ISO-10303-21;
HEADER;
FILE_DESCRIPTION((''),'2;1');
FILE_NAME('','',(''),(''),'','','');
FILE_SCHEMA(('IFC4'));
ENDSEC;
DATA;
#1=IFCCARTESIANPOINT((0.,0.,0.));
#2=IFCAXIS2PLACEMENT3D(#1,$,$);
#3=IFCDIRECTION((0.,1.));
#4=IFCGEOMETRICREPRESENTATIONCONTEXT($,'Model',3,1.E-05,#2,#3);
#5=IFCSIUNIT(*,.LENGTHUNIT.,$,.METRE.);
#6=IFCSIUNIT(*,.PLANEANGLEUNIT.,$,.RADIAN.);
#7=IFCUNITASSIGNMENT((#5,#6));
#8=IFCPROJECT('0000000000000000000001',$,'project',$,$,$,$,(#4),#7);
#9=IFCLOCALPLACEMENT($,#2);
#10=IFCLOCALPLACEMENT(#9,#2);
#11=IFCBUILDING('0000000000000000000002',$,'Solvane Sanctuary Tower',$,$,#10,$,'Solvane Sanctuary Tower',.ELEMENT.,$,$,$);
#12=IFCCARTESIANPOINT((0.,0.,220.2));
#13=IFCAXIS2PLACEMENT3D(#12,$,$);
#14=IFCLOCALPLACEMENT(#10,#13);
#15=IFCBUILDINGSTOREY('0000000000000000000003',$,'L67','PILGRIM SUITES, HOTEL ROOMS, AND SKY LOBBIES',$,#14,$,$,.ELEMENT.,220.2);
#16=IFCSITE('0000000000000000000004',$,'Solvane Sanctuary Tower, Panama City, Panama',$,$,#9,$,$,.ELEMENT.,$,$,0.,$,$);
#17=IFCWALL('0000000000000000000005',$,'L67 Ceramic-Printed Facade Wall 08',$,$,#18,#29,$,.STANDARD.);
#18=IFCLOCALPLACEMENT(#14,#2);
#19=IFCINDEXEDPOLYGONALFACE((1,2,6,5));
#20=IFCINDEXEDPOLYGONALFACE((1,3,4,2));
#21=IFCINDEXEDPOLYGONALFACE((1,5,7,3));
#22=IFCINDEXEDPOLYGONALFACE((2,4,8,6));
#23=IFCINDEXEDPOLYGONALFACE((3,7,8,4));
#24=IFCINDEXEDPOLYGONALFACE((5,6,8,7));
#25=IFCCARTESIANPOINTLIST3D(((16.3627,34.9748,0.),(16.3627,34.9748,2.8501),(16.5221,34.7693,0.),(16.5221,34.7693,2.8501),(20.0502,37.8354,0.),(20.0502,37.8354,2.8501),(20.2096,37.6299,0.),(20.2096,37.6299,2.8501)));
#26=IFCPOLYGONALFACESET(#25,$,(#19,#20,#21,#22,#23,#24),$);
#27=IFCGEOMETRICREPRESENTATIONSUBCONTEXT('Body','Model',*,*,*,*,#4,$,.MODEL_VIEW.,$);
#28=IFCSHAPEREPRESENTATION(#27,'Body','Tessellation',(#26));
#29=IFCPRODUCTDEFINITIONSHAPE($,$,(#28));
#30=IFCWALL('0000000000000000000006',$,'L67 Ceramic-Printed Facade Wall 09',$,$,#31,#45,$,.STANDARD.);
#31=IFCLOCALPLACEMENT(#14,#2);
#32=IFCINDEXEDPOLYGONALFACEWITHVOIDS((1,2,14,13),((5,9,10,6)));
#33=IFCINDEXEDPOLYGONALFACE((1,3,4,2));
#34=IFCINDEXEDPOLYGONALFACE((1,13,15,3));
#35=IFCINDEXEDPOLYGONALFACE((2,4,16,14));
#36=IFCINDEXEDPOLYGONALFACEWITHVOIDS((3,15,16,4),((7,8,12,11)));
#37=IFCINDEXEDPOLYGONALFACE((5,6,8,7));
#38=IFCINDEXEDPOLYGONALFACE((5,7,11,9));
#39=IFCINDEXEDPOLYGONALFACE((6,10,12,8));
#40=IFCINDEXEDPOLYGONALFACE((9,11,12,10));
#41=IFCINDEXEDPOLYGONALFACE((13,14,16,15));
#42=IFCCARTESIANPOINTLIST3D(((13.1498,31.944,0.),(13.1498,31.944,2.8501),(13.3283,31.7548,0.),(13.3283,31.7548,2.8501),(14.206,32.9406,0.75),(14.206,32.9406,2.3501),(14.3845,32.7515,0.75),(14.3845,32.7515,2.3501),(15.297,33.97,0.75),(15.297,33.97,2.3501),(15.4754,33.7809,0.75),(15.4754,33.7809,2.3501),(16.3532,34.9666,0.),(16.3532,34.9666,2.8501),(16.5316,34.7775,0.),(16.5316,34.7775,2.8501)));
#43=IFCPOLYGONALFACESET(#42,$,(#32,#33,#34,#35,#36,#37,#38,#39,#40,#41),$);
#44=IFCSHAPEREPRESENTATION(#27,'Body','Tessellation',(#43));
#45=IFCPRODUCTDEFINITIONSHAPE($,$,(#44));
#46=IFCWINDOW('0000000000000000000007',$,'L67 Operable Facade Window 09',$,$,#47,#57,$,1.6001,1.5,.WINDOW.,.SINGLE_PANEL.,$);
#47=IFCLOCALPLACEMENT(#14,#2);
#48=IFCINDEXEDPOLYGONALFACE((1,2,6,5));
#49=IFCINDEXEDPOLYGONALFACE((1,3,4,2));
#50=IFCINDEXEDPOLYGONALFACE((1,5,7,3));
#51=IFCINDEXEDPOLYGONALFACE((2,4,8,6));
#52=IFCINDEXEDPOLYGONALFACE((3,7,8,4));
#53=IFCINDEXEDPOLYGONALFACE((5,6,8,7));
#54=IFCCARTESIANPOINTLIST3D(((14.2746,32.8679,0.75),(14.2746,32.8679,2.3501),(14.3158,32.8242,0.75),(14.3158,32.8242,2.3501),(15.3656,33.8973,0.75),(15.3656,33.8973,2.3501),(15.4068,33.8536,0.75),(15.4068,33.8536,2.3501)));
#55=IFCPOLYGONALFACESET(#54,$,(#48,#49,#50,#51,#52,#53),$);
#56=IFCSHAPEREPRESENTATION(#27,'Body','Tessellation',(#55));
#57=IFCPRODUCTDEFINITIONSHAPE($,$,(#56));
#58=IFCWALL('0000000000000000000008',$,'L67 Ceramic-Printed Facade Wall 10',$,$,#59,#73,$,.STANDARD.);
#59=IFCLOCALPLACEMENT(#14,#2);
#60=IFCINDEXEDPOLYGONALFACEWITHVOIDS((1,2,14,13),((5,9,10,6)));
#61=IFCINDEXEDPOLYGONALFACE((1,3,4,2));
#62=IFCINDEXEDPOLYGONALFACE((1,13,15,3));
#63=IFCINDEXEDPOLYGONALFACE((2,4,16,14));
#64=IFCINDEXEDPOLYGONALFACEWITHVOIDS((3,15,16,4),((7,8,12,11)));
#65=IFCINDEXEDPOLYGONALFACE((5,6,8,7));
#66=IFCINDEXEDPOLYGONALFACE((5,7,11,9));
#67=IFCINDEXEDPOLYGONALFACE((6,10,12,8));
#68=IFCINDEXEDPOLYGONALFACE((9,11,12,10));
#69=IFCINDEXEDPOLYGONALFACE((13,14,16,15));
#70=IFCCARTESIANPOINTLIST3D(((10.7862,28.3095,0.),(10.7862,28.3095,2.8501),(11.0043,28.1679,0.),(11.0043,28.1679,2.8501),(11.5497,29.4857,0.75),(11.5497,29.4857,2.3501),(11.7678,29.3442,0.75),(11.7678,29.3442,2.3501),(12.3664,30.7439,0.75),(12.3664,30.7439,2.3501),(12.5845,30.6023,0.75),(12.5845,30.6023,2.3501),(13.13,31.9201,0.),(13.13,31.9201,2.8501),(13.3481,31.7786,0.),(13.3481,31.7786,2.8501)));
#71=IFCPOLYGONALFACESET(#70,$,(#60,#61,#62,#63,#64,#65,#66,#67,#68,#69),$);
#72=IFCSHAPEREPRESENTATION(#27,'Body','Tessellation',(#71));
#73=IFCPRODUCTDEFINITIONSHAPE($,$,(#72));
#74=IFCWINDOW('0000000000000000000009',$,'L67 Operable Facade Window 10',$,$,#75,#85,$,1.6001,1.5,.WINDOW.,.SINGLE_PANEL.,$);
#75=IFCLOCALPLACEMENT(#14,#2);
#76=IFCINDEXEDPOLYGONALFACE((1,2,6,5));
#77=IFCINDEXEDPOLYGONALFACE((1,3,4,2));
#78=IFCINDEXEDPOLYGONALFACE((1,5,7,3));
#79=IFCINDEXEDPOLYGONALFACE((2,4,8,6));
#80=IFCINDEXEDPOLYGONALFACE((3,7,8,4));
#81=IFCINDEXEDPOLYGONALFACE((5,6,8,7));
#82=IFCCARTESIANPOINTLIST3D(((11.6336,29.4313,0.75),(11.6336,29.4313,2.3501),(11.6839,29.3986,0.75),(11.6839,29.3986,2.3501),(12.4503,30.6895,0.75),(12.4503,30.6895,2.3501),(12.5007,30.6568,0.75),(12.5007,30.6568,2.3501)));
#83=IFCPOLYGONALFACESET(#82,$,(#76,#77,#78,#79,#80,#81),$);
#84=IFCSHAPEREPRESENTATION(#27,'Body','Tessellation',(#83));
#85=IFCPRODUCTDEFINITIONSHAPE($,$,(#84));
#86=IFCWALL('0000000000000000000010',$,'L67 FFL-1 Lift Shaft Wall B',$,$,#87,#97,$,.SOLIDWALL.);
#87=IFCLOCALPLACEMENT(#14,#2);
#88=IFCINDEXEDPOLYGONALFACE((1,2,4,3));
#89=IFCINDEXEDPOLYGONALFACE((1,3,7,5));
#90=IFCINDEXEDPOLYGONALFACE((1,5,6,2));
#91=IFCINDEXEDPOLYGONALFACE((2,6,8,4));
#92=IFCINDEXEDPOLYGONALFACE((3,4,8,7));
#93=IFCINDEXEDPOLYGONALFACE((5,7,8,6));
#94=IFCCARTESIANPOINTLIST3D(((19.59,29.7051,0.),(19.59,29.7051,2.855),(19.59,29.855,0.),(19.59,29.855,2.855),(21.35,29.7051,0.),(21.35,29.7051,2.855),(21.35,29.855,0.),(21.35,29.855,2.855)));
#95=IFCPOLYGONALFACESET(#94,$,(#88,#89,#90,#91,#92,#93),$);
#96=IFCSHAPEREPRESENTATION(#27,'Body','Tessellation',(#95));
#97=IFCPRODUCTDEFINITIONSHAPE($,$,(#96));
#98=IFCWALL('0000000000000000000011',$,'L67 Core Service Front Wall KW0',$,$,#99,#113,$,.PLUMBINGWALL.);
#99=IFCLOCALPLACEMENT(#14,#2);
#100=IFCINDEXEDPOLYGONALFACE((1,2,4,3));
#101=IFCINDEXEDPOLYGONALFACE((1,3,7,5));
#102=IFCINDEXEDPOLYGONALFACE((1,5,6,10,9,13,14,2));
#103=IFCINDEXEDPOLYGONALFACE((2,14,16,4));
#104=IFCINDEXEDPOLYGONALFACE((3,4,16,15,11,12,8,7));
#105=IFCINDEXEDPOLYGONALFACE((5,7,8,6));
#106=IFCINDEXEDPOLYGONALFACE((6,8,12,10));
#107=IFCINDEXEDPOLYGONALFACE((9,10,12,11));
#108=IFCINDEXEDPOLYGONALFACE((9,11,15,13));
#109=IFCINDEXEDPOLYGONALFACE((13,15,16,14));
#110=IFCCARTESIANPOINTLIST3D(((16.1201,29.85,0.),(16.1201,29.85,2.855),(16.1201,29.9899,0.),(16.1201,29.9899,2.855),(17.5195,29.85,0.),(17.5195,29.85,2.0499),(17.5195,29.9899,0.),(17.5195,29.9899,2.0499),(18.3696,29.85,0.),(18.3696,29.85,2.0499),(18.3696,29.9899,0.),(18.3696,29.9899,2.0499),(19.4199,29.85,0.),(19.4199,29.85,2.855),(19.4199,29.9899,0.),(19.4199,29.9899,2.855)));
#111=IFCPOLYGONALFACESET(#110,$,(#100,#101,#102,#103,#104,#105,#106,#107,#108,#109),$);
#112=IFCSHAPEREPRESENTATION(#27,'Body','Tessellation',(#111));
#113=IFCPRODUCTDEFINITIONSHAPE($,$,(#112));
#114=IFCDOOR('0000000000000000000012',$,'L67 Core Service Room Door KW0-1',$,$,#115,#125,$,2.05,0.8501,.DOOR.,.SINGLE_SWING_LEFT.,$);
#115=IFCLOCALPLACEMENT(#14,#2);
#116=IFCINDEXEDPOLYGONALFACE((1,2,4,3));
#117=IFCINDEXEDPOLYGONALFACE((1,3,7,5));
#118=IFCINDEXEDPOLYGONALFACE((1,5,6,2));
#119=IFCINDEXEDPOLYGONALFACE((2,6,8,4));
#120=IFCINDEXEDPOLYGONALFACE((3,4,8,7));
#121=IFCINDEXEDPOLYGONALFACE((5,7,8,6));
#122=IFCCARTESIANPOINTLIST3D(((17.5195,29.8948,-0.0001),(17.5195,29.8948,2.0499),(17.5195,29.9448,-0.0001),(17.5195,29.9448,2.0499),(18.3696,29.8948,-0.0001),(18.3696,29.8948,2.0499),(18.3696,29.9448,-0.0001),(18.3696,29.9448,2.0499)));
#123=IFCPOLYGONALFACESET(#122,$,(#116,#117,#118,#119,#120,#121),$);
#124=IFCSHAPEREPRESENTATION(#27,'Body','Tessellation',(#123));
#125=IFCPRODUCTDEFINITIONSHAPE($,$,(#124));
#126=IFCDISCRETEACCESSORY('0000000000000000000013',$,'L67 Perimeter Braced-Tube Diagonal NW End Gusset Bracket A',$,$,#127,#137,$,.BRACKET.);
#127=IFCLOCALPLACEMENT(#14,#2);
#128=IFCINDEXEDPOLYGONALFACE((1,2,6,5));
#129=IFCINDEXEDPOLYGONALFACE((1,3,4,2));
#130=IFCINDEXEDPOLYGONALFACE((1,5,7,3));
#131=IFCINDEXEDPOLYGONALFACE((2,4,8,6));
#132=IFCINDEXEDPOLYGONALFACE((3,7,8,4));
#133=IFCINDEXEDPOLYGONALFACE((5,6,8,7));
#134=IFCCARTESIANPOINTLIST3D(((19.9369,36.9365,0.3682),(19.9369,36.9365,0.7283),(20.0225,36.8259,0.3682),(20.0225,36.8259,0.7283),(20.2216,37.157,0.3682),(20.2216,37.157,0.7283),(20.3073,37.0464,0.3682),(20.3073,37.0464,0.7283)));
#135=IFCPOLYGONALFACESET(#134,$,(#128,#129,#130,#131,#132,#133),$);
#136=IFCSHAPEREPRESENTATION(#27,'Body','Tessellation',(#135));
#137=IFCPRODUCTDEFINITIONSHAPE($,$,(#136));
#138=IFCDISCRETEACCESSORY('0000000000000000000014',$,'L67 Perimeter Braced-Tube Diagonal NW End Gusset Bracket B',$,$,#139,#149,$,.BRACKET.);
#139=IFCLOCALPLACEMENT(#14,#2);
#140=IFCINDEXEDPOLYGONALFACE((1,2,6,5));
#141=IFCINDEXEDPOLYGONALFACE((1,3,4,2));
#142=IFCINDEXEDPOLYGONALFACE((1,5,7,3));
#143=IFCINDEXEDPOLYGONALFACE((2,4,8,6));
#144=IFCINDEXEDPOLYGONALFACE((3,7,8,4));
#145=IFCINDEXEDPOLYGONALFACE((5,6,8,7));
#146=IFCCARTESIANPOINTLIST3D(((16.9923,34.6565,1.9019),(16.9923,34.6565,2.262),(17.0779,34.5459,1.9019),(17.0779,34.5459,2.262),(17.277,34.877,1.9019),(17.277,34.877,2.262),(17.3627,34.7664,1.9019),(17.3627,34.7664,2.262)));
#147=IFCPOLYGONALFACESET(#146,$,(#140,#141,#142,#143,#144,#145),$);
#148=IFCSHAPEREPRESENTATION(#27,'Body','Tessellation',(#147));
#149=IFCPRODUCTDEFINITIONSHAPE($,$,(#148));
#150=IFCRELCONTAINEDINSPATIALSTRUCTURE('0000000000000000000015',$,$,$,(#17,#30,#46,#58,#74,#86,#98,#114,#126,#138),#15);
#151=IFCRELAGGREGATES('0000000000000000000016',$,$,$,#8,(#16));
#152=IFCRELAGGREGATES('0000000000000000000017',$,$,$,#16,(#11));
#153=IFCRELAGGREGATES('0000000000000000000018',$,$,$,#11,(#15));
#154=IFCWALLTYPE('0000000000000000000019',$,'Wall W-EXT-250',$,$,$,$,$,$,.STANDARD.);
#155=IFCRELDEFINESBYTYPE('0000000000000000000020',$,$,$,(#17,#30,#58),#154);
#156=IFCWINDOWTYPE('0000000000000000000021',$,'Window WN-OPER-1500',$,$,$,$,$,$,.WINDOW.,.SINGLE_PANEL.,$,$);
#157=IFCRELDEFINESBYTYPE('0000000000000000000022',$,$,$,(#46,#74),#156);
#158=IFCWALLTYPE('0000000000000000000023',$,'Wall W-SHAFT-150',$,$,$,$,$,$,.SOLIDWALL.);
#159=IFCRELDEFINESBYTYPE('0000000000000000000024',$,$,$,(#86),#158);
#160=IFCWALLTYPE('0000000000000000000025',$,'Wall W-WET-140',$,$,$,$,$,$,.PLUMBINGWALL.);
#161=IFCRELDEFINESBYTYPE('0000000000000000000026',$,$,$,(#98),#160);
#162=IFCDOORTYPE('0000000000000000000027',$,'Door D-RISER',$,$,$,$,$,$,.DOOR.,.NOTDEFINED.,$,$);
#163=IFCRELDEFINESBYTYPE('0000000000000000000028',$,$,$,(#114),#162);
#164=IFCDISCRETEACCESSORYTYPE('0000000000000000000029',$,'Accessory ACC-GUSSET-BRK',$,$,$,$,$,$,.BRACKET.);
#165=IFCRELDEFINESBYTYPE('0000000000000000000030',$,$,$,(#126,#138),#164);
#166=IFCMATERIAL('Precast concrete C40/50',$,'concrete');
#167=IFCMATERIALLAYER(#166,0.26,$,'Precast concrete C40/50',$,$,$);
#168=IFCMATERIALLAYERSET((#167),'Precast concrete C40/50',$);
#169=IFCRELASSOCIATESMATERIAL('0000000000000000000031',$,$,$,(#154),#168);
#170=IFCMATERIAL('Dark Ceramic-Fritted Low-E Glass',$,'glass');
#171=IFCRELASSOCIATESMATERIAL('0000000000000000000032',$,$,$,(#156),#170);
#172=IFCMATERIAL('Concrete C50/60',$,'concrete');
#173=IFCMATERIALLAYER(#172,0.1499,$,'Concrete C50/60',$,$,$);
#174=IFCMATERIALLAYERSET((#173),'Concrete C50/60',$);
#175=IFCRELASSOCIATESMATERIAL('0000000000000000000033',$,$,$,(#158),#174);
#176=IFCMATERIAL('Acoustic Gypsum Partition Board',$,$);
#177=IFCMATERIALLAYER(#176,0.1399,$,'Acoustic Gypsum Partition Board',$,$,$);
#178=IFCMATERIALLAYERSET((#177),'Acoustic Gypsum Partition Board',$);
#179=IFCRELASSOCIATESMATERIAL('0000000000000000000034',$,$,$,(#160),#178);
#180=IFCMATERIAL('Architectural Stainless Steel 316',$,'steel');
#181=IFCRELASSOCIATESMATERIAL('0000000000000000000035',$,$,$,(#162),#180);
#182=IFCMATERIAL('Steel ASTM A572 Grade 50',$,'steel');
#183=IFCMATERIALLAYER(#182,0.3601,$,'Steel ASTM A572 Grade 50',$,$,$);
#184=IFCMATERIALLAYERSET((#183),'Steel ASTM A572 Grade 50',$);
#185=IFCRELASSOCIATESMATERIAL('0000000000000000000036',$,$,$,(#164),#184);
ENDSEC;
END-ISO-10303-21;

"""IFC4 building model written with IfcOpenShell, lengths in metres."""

from ifc_helpers import new_model, si_unit, direction, frame, frame_2d, origin, origin_2d, place, context, subcontext, project, spatial, rectangle, extrude, material, layer, layer_set, type_object, element, fill, save


model = new_model("IFC4")

# Units and contexts
model_context = context("Model", 3, precision=1e-05, world=origin(), true_north=direction((0.0, 1.0)))
body_context = subcontext(model_context, "Body", "Model", "MODEL_VIEW")
ifc_project = project(units=[si_unit("LENGTHUNIT", "METRE"), si_unit("PLANEANGLEUNIT", "RADIAN")], contexts=[model_context])

# Site, building, storey
site_placement = place(None, origin())
site = spatial("IfcSite", under=ifc_project, at=site_placement, Name="Solvane Sanctuary Tower, Panama City, Panama", CompositionType="ELEMENT", RefElevation=0.0)
building_placement = place(site_placement, origin())
building = spatial("IfcBuilding", under=site, at=building_placement, Name="Solvane Sanctuary Tower", LongName="Solvane Sanctuary Tower", CompositionType="ELEMENT")
storey_placement = place(building_placement, frame((0.0, 0.0, 220.2)))
storey = spatial("IfcBuildingStorey", under=building, at=storey_placement, Name="L67", Description="PILGRIM SUITES, HOTEL ROOMS, AND SKY LOBBIES", CompositionType="ELEMENT", Elevation=220.2)

# Shared definitions
ifc_material_1 = material(Name="Concrete C50/60", Category="concrete")

# Shared definitions
ifc_material_2 = material(Name="Acoustic Gypsum Partition Board")

# Wall
ifc_material_3 = material(Name="Precast concrete C40/50", Category="concrete")
ifc_layer_1 = layer(ifc_material_3, 0.26, Name="Precast concrete C40/50")
ifc_layer_set_1 = layer_set([ifc_layer_1], Name="Precast concrete C40/50")
wall_type_1 = type_object("IfcWallType", Name="Wall W-EXT-250", PredefinedType="STANDARD", material=ifc_layer_set_1)
wall_1_placement = place(storey_placement, frame((20.1299, 37.7327, 0.0), z_axis=(0.0, 0.0, 1.0), x_axis=(-0.790126, -0.612944, 0.0)))
element("IfcWall", 1, at=wall_1_placement, inside=storey, type_object=wall_type_1, Name="L67 Ceramic-Printed Facade Wall 08", PredefinedType="STANDARD", context=body_context, shape_type="SweptSolid", body=[
    extrude(rectangle(XDim=4.667, YDim=0.26, at=frame_2d((2.3335, 0.0))), origin(), (0.0, 0.0, 1.0), 2.8501),
])

# Walls, openings, windows
wall_2_placement = place(storey_placement, frame((16.4424, 34.8721, 0.0), z_axis=(0.0, 0.0, 1.0), x_axis=(-0.727319, -0.6863, 0.0)))
wall_2 = element("IfcWall", 2, at=wall_2_placement, inside=storey, type_object=wall_type_1, Name="L67 Ceramic-Printed Facade Wall 09", PredefinedType="STANDARD", context=body_context, shape_type="SweptSolid", body=[
    extrude(rectangle(XDim=4.4043, YDim=0.26, at=frame_2d((2.2021, 0.0))), origin(), (0.0, 0.0, 1.0), 2.8501),
])
opening_1_placement = place(wall_2_placement, frame((1.4521, 0.0, 0.75)))
opening_1 = element("IfcOpeningElement", 3, at=opening_1_placement, cuts=wall_2, PredefinedType="OPENING", context=body_context, shape_type="SweptSolid", body=[
    extrude(rectangle(XDim=1.5, YDim=1.6001, at=frame_2d((0.75, 0.8))), frame((0.0, 0.1399, 0.0), z_axis=(0.0, -1.0, 0.0), x_axis=(1.0, 0.0, 0.0)), (0.0, 0.0, 1.0), 0.28),
])
ifc_material_4 = material(Name="Dark Ceramic-Fritted Low-E Glass", Category="glass")
window_type = type_object("IfcWindowType", Name="Window WN-OPER-1500", PartitioningType="SINGLE_PANEL", PredefinedType="WINDOW", material=ifc_material_4)
window_1_placement = place(opening_1_placement, origin())
window_1 = element("IfcWindow", 4, at=window_1_placement, inside=storey, type_object=window_type, Name="L67 Operable Facade Window 09", OverallHeight=1.6001, OverallWidth=1.5, PartitioningType="SINGLE_PANEL", PredefinedType="WINDOW", context=body_context, shape_type="SweptSolid", body=[
    extrude(rectangle(XDim=1.5, YDim=1.6001, at=frame_2d((0.75, 0.8))), frame((0.0, 0.03, 0.0), z_axis=(0.0, -1.0, 0.0), x_axis=(1.0, 0.0, 0.0)), (0.0, 0.0, 1.0), 0.0601),
])
fill(opening_1, window_1)
wall_3_placement = place(storey_placement, frame((13.239, 31.8494, 0.0), z_axis=(0.0, 0.0, 1.0), x_axis=(-0.544476, -0.838776, 0.0)))
wall_3 = element("IfcWall", 5, at=wall_3_placement, inside=storey, type_object=wall_type_1, Name="L67 Ceramic-Printed Facade Wall 10", PredefinedType="STANDARD", context=body_context, shape_type="SweptSolid", body=[
    extrude(rectangle(XDim=4.3047, YDim=0.26, at=frame_2d((2.1523, 0.0))), origin(), (0.0, 0.0, 1.0), 2.8501),
])
opening_2_placement = place(wall_3_placement, frame((1.4023, 0.0, 0.75)))
opening_2 = element("IfcOpeningElement", 6, at=opening_2_placement, cuts=wall_3, PredefinedType="OPENING", context=body_context, shape_type="SweptSolid", body=[
    extrude(rectangle(XDim=1.5, YDim=1.6001, at=frame_2d((0.75, 0.8))), frame((0.0, 0.1399, 0.0), z_axis=(0.0, -1.0, 0.0), x_axis=(1.0, 0.0, 0.0)), (0.0, 0.0, 1.0), 0.28),
])
window_2_placement = place(opening_2_placement, origin())
window_2 = element("IfcWindow", 7, at=window_2_placement, inside=storey, type_object=window_type, Name="L67 Operable Facade Window 10", OverallHeight=1.6001, OverallWidth=1.5, PartitioningType="SINGLE_PANEL", PredefinedType="WINDOW", context=body_context, shape_type="SweptSolid", body=[
    extrude(rectangle(XDim=1.5, YDim=1.6001, at=frame_2d((0.75, 0.8))), frame((0.0, 0.03, 0.0), z_axis=(0.0, -1.0, 0.0), x_axis=(1.0, 0.0, 0.0)), (0.0, 0.0, 1.0), 0.0601),
])
fill(opening_2, window_2)

# Wall
ifc_layer_2 = layer(ifc_material_1, 0.1499, Name="Concrete C50/60")
ifc_layer_set_2 = layer_set([ifc_layer_2], Name="Concrete C50/60")
wall_type_2 = type_object("IfcWallType", Name="Wall W-SHAFT-150", PredefinedType="SOLIDWALL", material=ifc_layer_set_2)
wall_4_placement = place(storey_placement, frame((19.5901, 29.78, 0.0), z_axis=(0.0, 0.0, 1.0), x_axis=(1.0, 0.0, 0.0)))
element("IfcWall", 8, at=wall_4_placement, inside=storey, type_object=wall_type_2, Name="L67 FFL-1 Lift Shaft Wall B", PredefinedType="SOLIDWALL", context=body_context, shape_type="SweptSolid", body=[
    extrude(rectangle(XDim=1.76, YDim=0.1499, at=frame_2d((0.8799, 0.0))), origin(), (0.0, 0.0, 1.0), 2.855),
])

# Wall, opening, door
ifc_layer_3 = layer(ifc_material_2, 0.1399, Name="Acoustic Gypsum Partition Board")
ifc_layer_set_3 = layer_set([ifc_layer_3], Name="Acoustic Gypsum Partition Board")
wall_type_3 = type_object("IfcWallType", Name="Wall W-WET-140", PredefinedType="PLUMBINGWALL", material=ifc_layer_set_3)
wall_5_placement = place(storey_placement, frame((16.1201, 29.9199, 0.0), z_axis=(0.0, 0.0, 1.0), x_axis=(1.0, 0.0, 0.0)))
wall_5 = element("IfcWall", 9, at=wall_5_placement, inside=storey, type_object=wall_type_3, Name="L67 Core Service Front Wall KW0", PredefinedType="PLUMBINGWALL", context=body_context, shape_type="SweptSolid", body=[
    extrude(rectangle(XDim=3.2998, YDim=0.1399, at=frame_2d((1.6499, 0.0))), origin(), (0.0, 0.0, 1.0), 2.855),
])
opening_3_placement = place(wall_5_placement, frame((1.3994, 0.0, 0.0)))
opening_3 = element("IfcOpeningElement", 10, at=opening_3_placement, cuts=wall_5, PredefinedType="OPENING", context=body_context, shape_type="SweptSolid", body=[
    extrude(rectangle(XDim=0.8501, YDim=2.05, at=frame_2d((0.425, 1.0249))), frame((0.0, 0.0798, 0.0), z_axis=(0.0, -1.0, 0.0), x_axis=(1.0, 0.0, 0.0)), (0.0, 0.0, 1.0), 0.1599),
])
ifc_material_5 = material(Name="Architectural Stainless Steel 316", Category="steel")
door_type_1 = type_object("IfcDoorType", Name="Door D-RISER", OperationType="NOTDEFINED", PredefinedType="DOOR", material=ifc_material_5)
door_1_placement = place(opening_3_placement, origin())
door_1 = element("IfcDoor", 11, at=door_1_placement, inside=storey, type_object=door_type_1, Name="L67 Core Service Room Door KW0-1", OperationType="SINGLE_SWING_LEFT", OverallHeight=2.05, OverallWidth=0.8501, PredefinedType="DOOR", context=body_context, shape_type="SweptSolid", body=[
    extrude(rectangle(XDim=0.8501, YDim=2.05, at=frame_2d((0.425, 1.0249))), frame((0.0, 0.0249, 0.0), z_axis=(0.0, -1.0, 0.0), x_axis=(1.0, 0.0, 0.0)), (0.0, 0.0, 1.0), 0.05),
])
fill(opening_3, door_1)

# Discrete accessories
ifc_material_6 = material(Name="Steel ASTM A572 Grade 50", Category="steel")
ifc_layer_4 = layer(ifc_material_6, 0.3601, Name="Steel ASTM A572 Grade 50")
ifc_layer_set_4 = layer_set([ifc_layer_4], Name="Steel ASTM A572 Grade 50")
discrete_accessory_type = type_object("IfcDiscreteAccessoryType", Name="Accessory ACC-GUSSET-BRK", PredefinedType="BRACKET", material=ifc_layer_set_4)
for number, where, z_axis, x_axis, name in (
    (12, (20.1221, 36.9915, 0.3682), (0.0, 0.0, 1.0), (-0.79069, -0.612217, 0.0), "L67 Perimeter Braced-Tube Diagonal NW End Gusset Bracket A"),
    (13, (17.1775, 34.7114, 1.9019), (0.0, 0.0, 1.0), (-0.79069, -0.612217, 0.0), "L67 Perimeter Braced-Tube Diagonal NW End Gusset Bracket B"),
):
    element("IfcDiscreteAccessory", number, at=place(storey_placement, frame(where, z_axis=z_axis, x_axis=x_axis)), inside=storey, type_object=discrete_accessory_type, Name=name, PredefinedType="BRACKET", context=body_context, shape_type="SweptSolid", body=[
        extrude(rectangle(XDim=0.3601, YDim=0.1399, at=origin_2d()), origin(), (0.0, 0.0, 1.0), 0.3601),
    ])

save(model, "model.ifc")
